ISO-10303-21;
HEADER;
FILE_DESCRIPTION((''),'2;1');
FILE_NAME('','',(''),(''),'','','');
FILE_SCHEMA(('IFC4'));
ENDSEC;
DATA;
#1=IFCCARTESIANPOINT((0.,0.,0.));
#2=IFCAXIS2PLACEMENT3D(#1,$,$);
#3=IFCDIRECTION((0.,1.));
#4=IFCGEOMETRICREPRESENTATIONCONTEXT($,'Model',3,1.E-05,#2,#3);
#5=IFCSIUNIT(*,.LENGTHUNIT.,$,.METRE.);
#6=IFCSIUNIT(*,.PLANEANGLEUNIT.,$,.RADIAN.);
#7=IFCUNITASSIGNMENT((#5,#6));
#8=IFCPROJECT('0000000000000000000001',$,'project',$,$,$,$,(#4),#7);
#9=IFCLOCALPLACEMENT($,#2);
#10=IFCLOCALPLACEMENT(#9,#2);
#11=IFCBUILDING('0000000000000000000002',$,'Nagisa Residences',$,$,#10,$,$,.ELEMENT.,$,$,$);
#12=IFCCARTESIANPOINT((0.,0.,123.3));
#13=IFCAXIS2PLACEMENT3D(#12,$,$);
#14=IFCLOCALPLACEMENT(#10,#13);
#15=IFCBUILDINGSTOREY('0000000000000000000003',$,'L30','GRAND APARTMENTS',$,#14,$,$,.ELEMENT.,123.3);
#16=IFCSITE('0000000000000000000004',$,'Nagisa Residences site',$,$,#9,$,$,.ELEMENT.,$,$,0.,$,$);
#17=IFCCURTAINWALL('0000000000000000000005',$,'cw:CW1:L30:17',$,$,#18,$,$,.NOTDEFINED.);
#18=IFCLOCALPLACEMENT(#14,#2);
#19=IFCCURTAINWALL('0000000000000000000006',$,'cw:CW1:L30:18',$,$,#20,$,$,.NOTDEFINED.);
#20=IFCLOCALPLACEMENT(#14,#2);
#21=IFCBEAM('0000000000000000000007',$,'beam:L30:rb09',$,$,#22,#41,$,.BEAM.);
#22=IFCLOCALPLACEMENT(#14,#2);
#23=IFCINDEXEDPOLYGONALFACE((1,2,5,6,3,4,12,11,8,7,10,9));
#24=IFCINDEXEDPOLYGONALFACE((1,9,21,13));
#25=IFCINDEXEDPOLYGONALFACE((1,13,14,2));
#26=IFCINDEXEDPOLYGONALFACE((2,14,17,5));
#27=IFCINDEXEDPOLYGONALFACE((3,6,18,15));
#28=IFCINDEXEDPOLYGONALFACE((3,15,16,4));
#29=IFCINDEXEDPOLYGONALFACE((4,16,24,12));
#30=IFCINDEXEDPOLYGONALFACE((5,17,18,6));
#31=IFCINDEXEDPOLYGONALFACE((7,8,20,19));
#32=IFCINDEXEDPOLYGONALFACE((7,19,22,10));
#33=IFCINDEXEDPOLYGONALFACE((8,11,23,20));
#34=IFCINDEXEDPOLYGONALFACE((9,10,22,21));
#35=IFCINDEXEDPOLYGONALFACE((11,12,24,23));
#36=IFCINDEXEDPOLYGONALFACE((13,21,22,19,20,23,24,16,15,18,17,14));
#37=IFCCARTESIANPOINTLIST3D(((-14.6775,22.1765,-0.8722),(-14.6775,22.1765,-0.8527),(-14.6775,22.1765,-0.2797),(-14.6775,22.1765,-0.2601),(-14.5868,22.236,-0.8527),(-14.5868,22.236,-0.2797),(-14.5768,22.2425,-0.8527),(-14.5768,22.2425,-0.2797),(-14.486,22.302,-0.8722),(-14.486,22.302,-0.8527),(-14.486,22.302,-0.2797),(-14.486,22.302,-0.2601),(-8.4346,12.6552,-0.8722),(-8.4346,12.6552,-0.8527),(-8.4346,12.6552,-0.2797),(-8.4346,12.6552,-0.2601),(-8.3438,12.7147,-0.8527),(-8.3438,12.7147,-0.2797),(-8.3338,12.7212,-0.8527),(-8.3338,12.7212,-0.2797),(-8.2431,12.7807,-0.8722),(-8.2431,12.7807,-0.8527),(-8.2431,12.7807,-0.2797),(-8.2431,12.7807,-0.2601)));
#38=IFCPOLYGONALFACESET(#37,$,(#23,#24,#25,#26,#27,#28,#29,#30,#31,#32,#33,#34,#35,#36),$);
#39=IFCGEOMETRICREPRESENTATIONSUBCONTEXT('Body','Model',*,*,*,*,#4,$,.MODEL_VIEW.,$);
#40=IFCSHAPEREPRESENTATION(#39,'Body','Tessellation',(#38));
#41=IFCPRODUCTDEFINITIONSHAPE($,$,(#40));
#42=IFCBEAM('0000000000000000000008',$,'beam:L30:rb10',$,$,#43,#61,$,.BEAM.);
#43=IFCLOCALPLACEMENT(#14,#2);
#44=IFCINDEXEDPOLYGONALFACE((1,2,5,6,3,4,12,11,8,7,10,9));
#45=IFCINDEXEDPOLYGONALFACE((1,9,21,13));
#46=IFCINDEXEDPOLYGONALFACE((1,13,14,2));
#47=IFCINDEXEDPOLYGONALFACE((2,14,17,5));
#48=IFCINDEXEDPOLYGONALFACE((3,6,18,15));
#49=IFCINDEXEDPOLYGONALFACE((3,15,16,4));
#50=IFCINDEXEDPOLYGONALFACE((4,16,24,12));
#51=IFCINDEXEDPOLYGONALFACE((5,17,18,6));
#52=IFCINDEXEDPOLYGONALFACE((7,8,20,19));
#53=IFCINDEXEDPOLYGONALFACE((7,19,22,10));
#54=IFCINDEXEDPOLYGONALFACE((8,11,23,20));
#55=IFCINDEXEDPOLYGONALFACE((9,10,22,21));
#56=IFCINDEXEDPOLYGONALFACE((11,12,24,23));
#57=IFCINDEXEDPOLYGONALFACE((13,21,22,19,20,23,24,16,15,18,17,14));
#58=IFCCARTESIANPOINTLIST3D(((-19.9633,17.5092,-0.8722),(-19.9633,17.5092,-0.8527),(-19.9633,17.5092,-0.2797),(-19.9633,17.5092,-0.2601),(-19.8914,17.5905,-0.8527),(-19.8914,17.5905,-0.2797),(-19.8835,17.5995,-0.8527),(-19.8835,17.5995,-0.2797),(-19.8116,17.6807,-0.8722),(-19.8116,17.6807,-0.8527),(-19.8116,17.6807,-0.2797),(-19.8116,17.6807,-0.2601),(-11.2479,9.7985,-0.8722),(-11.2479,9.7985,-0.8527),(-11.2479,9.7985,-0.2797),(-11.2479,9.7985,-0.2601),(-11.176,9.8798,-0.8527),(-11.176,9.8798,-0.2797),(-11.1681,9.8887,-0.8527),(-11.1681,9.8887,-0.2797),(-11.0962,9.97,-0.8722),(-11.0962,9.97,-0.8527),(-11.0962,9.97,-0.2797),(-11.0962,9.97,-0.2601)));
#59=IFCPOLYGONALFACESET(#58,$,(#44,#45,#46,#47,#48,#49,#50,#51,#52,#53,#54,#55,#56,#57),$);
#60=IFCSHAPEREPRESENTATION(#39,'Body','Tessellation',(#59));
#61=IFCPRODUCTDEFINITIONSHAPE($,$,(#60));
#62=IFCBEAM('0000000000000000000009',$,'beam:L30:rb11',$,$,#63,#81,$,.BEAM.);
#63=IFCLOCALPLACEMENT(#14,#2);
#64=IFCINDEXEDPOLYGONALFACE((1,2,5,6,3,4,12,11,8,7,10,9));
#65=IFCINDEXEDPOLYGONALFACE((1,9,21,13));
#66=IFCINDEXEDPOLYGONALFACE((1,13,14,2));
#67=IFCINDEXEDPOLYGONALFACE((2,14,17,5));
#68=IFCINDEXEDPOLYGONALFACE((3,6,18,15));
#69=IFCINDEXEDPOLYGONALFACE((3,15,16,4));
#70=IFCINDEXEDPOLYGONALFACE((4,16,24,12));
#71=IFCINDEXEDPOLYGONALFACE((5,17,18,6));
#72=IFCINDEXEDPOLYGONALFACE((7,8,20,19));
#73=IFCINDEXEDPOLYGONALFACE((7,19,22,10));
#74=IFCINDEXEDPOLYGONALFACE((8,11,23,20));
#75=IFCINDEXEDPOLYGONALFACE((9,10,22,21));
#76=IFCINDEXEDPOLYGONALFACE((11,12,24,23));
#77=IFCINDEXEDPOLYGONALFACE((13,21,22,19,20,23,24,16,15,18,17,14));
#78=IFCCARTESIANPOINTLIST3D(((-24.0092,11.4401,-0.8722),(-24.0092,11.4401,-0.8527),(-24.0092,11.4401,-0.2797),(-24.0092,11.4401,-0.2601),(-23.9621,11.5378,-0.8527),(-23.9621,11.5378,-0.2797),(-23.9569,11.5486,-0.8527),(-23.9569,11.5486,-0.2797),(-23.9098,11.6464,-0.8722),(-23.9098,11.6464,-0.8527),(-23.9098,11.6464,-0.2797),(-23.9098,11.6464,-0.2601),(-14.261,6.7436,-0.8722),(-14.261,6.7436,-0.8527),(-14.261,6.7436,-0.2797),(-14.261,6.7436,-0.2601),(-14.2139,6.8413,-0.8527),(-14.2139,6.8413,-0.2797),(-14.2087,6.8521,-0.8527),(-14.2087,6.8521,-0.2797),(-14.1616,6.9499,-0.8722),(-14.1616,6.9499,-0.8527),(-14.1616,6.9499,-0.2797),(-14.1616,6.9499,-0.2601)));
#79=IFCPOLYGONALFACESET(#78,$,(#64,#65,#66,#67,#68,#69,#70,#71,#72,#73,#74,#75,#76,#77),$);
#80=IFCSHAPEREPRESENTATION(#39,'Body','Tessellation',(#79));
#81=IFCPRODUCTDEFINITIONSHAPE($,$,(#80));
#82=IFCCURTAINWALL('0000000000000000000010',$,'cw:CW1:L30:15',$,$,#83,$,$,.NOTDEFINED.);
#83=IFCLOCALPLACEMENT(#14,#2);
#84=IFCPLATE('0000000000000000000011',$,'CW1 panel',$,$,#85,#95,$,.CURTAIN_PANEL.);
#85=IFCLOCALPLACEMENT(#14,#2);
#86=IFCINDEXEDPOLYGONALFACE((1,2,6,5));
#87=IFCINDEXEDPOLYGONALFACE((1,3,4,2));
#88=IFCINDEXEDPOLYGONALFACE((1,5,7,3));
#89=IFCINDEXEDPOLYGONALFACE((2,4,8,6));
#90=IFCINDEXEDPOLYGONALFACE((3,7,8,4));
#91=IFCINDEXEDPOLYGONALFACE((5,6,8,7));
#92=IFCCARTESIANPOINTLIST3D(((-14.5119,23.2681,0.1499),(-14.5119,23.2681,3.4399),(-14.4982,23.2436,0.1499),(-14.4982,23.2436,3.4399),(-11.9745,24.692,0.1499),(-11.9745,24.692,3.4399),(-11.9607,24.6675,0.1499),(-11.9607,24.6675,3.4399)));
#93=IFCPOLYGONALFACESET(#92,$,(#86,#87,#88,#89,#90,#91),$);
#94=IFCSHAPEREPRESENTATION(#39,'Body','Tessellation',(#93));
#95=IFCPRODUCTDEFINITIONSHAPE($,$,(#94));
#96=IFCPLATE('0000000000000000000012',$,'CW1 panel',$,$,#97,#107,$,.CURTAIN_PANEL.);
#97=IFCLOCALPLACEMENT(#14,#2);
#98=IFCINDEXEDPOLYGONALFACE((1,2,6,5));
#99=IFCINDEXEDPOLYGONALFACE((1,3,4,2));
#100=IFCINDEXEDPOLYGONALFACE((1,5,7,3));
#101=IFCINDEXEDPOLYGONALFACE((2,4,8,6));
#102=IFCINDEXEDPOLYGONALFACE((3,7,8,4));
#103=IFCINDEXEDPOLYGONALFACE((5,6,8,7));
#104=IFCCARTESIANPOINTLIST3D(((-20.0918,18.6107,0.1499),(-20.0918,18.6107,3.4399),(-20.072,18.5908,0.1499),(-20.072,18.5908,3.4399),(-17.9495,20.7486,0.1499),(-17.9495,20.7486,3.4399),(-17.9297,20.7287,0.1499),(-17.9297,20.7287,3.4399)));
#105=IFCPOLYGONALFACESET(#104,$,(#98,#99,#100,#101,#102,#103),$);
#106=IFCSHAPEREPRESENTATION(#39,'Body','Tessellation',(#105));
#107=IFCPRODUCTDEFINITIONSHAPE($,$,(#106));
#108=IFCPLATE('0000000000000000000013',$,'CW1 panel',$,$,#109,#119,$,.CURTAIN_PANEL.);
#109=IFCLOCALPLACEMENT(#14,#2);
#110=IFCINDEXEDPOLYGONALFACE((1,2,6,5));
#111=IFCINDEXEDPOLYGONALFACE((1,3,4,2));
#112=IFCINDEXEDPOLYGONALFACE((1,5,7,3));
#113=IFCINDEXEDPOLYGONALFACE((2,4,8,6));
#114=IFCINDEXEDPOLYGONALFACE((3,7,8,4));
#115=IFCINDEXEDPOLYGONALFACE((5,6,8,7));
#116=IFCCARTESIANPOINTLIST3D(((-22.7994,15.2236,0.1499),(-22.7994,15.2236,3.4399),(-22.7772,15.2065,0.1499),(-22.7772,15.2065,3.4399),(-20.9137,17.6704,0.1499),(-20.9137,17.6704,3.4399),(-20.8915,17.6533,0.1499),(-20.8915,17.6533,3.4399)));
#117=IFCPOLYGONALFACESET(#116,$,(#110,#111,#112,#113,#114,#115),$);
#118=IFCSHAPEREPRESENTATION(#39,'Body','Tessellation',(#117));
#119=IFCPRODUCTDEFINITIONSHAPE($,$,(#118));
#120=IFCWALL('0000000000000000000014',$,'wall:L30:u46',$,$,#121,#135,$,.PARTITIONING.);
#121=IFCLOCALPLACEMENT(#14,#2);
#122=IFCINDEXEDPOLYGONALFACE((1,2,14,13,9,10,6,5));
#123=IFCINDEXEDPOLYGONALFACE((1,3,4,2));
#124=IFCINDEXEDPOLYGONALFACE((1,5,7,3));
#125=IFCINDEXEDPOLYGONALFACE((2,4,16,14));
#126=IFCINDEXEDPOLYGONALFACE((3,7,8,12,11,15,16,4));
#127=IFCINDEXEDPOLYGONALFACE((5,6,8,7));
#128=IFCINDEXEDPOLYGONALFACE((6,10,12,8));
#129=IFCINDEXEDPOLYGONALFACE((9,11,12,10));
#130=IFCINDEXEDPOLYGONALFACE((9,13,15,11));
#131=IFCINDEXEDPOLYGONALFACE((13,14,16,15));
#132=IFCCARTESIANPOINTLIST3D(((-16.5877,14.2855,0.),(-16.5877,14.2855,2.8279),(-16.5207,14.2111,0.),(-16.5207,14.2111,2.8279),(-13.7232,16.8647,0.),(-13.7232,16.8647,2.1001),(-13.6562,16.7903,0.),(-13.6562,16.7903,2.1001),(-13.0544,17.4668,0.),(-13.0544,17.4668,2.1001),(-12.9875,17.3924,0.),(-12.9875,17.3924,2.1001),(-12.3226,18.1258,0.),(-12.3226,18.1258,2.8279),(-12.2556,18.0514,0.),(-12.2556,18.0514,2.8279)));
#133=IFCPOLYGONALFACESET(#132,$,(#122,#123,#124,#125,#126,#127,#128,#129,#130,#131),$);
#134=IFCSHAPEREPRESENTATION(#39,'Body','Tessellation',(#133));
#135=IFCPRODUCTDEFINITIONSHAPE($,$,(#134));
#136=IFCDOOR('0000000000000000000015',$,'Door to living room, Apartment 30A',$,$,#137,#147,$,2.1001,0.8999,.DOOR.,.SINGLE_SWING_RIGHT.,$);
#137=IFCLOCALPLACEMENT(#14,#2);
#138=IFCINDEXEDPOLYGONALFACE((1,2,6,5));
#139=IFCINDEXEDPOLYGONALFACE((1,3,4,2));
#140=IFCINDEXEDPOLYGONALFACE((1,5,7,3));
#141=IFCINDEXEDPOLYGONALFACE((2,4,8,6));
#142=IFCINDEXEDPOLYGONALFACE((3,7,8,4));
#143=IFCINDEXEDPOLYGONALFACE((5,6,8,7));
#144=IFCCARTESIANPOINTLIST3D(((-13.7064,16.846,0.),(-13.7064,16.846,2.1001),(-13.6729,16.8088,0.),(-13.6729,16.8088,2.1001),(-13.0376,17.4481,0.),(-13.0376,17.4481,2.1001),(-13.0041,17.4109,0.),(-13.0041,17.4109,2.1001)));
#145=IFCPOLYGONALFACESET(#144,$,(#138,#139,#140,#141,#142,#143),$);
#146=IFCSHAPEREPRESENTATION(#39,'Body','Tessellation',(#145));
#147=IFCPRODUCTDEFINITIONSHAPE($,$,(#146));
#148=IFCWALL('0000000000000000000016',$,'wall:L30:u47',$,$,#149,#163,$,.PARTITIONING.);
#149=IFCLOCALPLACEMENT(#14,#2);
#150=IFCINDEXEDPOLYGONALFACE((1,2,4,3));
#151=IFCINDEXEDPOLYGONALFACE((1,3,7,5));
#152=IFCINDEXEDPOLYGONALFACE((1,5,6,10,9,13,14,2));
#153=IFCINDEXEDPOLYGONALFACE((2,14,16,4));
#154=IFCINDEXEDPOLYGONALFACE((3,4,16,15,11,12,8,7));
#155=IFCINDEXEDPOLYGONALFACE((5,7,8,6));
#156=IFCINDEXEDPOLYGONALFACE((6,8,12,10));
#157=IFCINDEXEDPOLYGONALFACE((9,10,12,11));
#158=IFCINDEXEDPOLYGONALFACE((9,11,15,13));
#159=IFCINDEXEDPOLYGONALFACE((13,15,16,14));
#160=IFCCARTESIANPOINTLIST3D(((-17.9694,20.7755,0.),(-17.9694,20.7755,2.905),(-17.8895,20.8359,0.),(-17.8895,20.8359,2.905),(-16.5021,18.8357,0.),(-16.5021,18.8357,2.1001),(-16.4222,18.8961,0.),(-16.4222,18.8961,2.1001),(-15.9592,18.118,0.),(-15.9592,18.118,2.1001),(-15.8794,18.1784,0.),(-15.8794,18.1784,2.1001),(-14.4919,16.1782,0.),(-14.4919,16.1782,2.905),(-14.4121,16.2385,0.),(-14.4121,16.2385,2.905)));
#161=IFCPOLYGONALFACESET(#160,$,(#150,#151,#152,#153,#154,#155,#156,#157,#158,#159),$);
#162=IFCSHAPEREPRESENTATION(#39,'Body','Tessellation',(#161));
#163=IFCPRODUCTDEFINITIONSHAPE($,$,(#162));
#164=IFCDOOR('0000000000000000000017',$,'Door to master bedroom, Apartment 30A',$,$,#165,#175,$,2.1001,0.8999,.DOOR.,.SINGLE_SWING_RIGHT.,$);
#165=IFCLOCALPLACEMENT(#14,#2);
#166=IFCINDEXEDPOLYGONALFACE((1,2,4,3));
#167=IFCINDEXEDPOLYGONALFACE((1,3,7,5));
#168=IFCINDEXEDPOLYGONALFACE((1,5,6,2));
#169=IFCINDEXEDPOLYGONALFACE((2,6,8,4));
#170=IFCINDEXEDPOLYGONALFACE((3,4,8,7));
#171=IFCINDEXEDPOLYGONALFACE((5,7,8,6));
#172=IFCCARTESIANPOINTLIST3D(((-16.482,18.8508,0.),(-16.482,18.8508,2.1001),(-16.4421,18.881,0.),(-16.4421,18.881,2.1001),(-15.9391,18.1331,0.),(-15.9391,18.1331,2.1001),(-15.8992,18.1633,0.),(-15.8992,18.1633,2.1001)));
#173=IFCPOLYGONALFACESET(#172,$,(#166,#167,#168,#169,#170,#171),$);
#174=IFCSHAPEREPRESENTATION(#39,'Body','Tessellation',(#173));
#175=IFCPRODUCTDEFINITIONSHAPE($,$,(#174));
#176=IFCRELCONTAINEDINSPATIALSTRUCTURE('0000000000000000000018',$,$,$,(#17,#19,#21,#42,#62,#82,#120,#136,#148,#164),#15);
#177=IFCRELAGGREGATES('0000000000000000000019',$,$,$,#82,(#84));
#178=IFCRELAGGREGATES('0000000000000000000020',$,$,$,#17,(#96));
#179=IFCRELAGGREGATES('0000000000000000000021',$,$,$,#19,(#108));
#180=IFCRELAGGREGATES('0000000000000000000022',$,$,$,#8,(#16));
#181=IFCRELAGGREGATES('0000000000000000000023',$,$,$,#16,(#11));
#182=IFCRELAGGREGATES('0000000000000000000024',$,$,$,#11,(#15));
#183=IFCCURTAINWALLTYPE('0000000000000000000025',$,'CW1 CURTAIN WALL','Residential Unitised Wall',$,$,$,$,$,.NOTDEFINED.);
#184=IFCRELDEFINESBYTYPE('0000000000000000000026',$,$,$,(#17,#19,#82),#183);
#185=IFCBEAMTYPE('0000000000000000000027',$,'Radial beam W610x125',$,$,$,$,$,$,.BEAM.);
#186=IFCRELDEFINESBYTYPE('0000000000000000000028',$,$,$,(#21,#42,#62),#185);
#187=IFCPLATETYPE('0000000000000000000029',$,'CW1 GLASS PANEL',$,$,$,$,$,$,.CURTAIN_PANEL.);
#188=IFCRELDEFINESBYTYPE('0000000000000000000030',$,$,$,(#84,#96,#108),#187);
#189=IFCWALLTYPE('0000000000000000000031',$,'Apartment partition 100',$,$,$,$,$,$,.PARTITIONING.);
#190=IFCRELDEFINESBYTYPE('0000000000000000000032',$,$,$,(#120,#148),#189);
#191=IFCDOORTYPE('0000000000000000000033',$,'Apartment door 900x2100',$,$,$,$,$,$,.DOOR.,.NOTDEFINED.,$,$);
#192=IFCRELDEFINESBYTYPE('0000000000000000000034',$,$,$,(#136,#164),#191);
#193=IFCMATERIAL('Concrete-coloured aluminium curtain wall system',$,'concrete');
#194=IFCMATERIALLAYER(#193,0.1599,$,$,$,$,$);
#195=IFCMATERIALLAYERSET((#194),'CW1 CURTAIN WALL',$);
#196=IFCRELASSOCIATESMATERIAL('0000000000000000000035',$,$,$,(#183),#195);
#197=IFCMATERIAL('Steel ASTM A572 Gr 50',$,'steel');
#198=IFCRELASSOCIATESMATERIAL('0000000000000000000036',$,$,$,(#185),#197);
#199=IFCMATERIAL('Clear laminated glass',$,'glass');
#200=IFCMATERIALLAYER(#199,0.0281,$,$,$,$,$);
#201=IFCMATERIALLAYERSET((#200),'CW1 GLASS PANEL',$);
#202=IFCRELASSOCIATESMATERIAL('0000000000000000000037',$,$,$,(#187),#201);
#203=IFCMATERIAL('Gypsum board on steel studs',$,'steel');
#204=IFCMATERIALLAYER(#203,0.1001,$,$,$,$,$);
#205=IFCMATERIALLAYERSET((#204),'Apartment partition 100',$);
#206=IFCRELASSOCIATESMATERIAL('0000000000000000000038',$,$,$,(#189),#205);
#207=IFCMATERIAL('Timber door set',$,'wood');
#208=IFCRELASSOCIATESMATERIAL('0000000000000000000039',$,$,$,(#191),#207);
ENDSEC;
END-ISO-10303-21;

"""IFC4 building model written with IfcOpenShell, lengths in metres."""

from ifc_helpers import new_model, si_unit, direction, frame, frame_2d, origin, origin_2d, place, context, subcontext, project, spatial, rectangle, i_section, extrude, material, layer, layer_set, material_profile, profile_set, type_object, element, fill, aggregate, save


model = new_model("IFC4")

# Units and contexts
model_context = context("Model", 3, precision=1e-05, world=origin(), true_north=direction((0.0, 1.0)))
body_context = subcontext(model_context, "Body", "Model", "MODEL_VIEW")
ifc_project = project(units=[si_unit("LENGTHUNIT", "METRE"), si_unit("PLANEANGLEUNIT", "RADIAN")], contexts=[model_context])

# Site, building, storey
site_placement = place(None, origin())
site = spatial("IfcSite", under=ifc_project, at=site_placement, Name="Nagisa Residences site", CompositionType="ELEMENT", RefElevation=0.0)
building_placement = place(site_placement, origin())
building = spatial("IfcBuilding", under=site, at=building_placement, Name="Nagisa Residences", CompositionType="ELEMENT")
storey_placement = place(building_placement, frame((0.0, 0.0, 123.3)))
storey = spatial("IfcBuildingStorey", under=building, at=storey_placement, Name="L30", Description="GRAND APARTMENTS", CompositionType="ELEMENT", Elevation=123.3)

# Curtain walls
ifc_material_1 = material(Name="Concrete-coloured aluminium curtain wall system", Category="concrete")
ifc_layer_1 = layer(ifc_material_1, 0.1599)
ifc_layer_set_1 = layer_set([ifc_layer_1], Name="CW1 CURTAIN WALL")
curtain_wall_type = type_object("IfcCurtainWallType", Name="CW1 CURTAIN WALL", Description="Residential Unitised Wall", PredefinedType="NOTDEFINED", material=ifc_layer_set_1)
curtain_wall_1_placement = place(storey_placement, origin())
curtain_wall_1 = element("IfcCurtainWall", 1, at=curtain_wall_1_placement, inside=storey, type_object=curtain_wall_type, Name="cw:CW1:L30:17", PredefinedType="NOTDEFINED")
curtain_wall_2_placement = place(storey_placement, origin())
curtain_wall_2 = element("IfcCurtainWall", 2, at=curtain_wall_2_placement, inside=storey, type_object=curtain_wall_type, Name="cw:CW1:L30:18", PredefinedType="NOTDEFINED")

# Beams
ifc_material_2 = material(Name="Steel ASTM A572 Gr 50", Category="steel")
ifc_material_profile_1 = material_profile(ifc_material_2, i_section(OverallWidth=0.229, OverallDepth=0.6121, WebThickness=0.012, FlangeThickness=0.0195, at=origin_2d()), Name="W610x125")
ifc_profile_set_1 = profile_set([ifc_material_profile_1], Name="Steel ASTM A572 Gr 50")
beam_type_1 = type_object("IfcBeamType", Name="Radial beam W610x125", PredefinedType="BEAM", material=ifc_profile_set_1)
beam_1_placement = place(storey_placement, frame((-14.5818, 22.2393, -0.5662), z_axis=(0.548325, -0.836265, 0.0), x_axis=(0.836265, 0.548325, 0.0)))
element("IfcBeam", 3, at=beam_1_placement, inside=storey, type_object=beam_type_1, Name="beam:L30:rb09", PredefinedType="BEAM", context=body_context, shape_type="SweptSolid", body=[
    extrude(i_section(OverallWidth=0.229, OverallDepth=0.6121, WebThickness=0.012, FlangeThickness=0.0195, at=origin_2d()), origin(), (0.0, 0.0, 1.0), 11.3855),
])
beam_2_placement = place(storey_placement, frame((-19.8875, 17.595, -0.5662), z_axis=(0.748955, -0.662621, 0.0), x_axis=(0.662621, 0.748955, 0.0)))
element("IfcBeam", 4, at=beam_2_placement, inside=storey, type_object=beam_type_1, Name="beam:L30:rb10", PredefinedType="BEAM", context=body_context, shape_type="SweptSolid", body=[
    extrude(i_section(OverallWidth=0.229, OverallDepth=0.6121, WebThickness=0.012, FlangeThickness=0.0195, at=origin_2d()), origin(), (0.0, 0.0, 1.0), 11.6367),
])
beam_3_placement = place(storey_placement, frame((-23.9595, 11.5432, -0.5662), z_axis=(0.900896, -0.434034, 0.0), x_axis=(0.434034, 0.900896, 0.0)))
element("IfcBeam", 5, at=beam_3_placement, inside=storey, type_object=beam_type_1, Name="beam:L30:rb11", PredefinedType="BEAM", context=body_context, shape_type="SweptSolid", body=[
    extrude(i_section(OverallWidth=0.229, OverallDepth=0.6121, WebThickness=0.012, FlangeThickness=0.0195, at=origin_2d()), origin(), (0.0, 0.0, 1.0), 10.8206),
])

# Curtain wall, plate
curtain_wall_3_placement = place(storey_placement, origin())
curtain_wall_3 = element("IfcCurtainWall", 6, at=curtain_wall_3_placement, inside=storey, type_object=curtain_wall_type, Name="cw:CW1:L30:15", PredefinedType="NOTDEFINED")
ifc_material_3 = material(Name="Clear laminated glass", Category="glass")
ifc_layer_2 = layer(ifc_material_3, 0.0281)
ifc_layer_set_2 = layer_set([ifc_layer_2], Name="CW1 GLASS PANEL")
plate_type = type_object("IfcPlateType", Name="CW1 GLASS PANEL", PredefinedType="CURTAIN_PANEL", material=ifc_layer_set_2)
plate_1_placement = place(storey_placement, frame((-13.2363, 23.9678, 0.1499), z_axis=(0.0, 0.0, 1.0), x_axis=(-0.872072, -0.489377, 0.0)))
plate_1 = element("IfcPlate", 7, at=plate_1_placement, type_object=plate_type, Name="CW1 panel", PredefinedType="CURTAIN_PANEL", context=body_context, shape_type="SweptSolid", body=[
    extrude(rectangle(XDim=2.9097, YDim=0.0281, at=origin_2d()), origin(), (0.0, 0.0, 1.0), 3.29),
])
aggregate(curtain_wall_3, [plate_1])

# Plates
plate_2_placement = place(storey_placement, frame((-19.0107, 19.6697, 0.1499), z_axis=(0.0, 0.0, 1.0), x_axis=(-0.707836, -0.706377, 0.0)))
plate_2 = element("IfcPlate", 8, at=plate_2_placement, type_object=plate_type, Name="CW1 panel", PredefinedType="CURTAIN_PANEL", context=body_context, shape_type="SweptSolid", body=[
    extrude(rectangle(XDim=3.0266, YDim=0.0281, at=origin_2d()), origin(), (0.0, 0.0, 1.0), 3.29),
])
aggregate(curtain_wall_1, [plate_2])
plate_3_placement = place(storey_placement, frame((-21.8455, 16.4385, 0.1499), z_axis=(0.0, 0.0, 1.0), x_axis=(-0.61043, -0.79207, 0.0)))
plate_3 = element("IfcPlate", 9, at=plate_3_placement, type_object=plate_type, Name="CW1 panel", PredefinedType="CURTAIN_PANEL", context=body_context, shape_type="SweptSolid", body=[
    extrude(rectangle(XDim=3.0891, YDim=0.0281, at=origin_2d()), origin(), (0.0, 0.0, 1.0), 3.29),
])
aggregate(curtain_wall_2, [plate_3])

# Walls, openings, doors
ifc_material_4 = material(Name="Gypsum board on steel studs", Category="steel")
ifc_layer_3 = layer(ifc_material_4, 0.1001)
ifc_layer_set_3 = layer_set([ifc_layer_3], Name="Apartment partition 100")
wall_type_1 = type_object("IfcWallType", Name="Apartment partition 100", PredefinedType="PARTITIONING", material=ifc_layer_set_3)
wall_1_placement = place(storey_placement, frame((-12.2891, 18.0886, 0.0), z_axis=(0.0, 0.0, 1.0), x_axis=(-0.743146, -0.669129, 0.0)))
wall_1 = element("IfcWall", 10, at=wall_1_placement, inside=storey, type_object=wall_type_1, Name="wall:L30:u46", PredefinedType="PARTITIONING", context=body_context, shape_type="SweptSolid", body=[
    extrude(rectangle(XDim=5.7393, YDim=0.1001, at=frame_2d((2.8696, 0.0))), origin(), (0.0, 0.0, 1.0), 2.8279),
])
opening_1_placement = place(wall_1_placement, frame((0.9849, 0.0, 0.0)))
opening_1 = element("IfcOpeningElement", 11, at=opening_1_placement, cuts=wall_1, PredefinedType="OPENING", context=body_context, shape_type="SweptSolid", body=[
    extrude(rectangle(XDim=0.8999, YDim=2.1001, at=frame_2d((0.45, 1.05))), frame((0.0, 0.0601, 0.0), z_axis=(0.0, -1.0, 0.0), x_axis=(1.0, 0.0, 0.0)), (0.0, 0.0, 1.0), 0.1201),
])
ifc_material_5 = material(Name="Timber door set", Category="wood")
door_type_1 = type_object("IfcDoorType", Name="Apartment door 900x2100", OperationType="NOTDEFINED", PredefinedType="DOOR", material=ifc_material_5)
door_1_placement = place(opening_1_placement, frame((0.8999, 0.0, 0.0), x_axis=(-1.0, 0.0, 0.0)))
door_1 = element("IfcDoor", 12, at=door_1_placement, inside=storey, type_object=door_type_1, Name="Door to living room, Apartment 30A", OperationType="SINGLE_SWING_RIGHT", OverallHeight=2.1001, OverallWidth=0.8999, PredefinedType="DOOR", context=body_context, shape_type="SweptSolid", body=[
    extrude(rectangle(XDim=0.8999, YDim=2.1001, at=frame_2d((0.45, 1.05))), frame((0.0, 0.0249, 0.0), z_axis=(0.0, -1.0, 0.0), x_axis=(1.0, 0.0, 0.0)), (0.0, 0.0, 1.0), 0.05),
])
fill(opening_1, door_1)
wall_2_placement = place(storey_placement, frame((-14.4519, 16.2083, 0.0), z_axis=(0.0, 0.0, 1.0), x_axis=(-0.603268, 0.797539, 0.0)))
wall_2 = element("IfcWall", 13, at=wall_2_placement, inside=storey, type_object=wall_type_1, Name="wall:L30:u47", PredefinedType="PARTITIONING", context=body_context, shape_type="SweptSolid", body=[
    extrude(rectangle(XDim=5.7644, YDim=0.1001, at=frame_2d((2.8823, 0.0))), origin(), (0.0, 0.0, 1.0), 2.905),
])
opening_2_placement = place(wall_2_placement, frame((2.4324, 0.0, 0.0)))
opening_2 = element("IfcOpeningElement", 14, at=opening_2_placement, cuts=wall_2, PredefinedType="OPENING", context=body_context, shape_type="SweptSolid", body=[
    extrude(rectangle(XDim=0.8999, YDim=2.1001, at=frame_2d((0.45, 1.05))), frame((0.0, 0.0601, 0.0), z_axis=(0.0, -1.0, 0.0), x_axis=(1.0, 0.0, 0.0)), (0.0, 0.0, 1.0), 0.1201),
])
door_2_placement = place(opening_2_placement, origin())
door_2 = element("IfcDoor", 15, at=door_2_placement, inside=storey, type_object=door_type_1, Name="Door to master bedroom, Apartment 30A", OperationType="SINGLE_SWING_RIGHT", OverallHeight=2.1001, OverallWidth=0.8999, PredefinedType="DOOR", context=body_context, shape_type="SweptSolid", body=[
    extrude(rectangle(XDim=0.8999, YDim=2.1001, at=frame_2d((0.45, 1.05))), frame((0.0, 0.0249, 0.0), z_axis=(0.0, -1.0, 0.0), x_axis=(1.0, 0.0, 0.0)), (0.0, 0.0, 1.0), 0.05),
])
fill(opening_2, door_2)

save(model, "model.ifc")
